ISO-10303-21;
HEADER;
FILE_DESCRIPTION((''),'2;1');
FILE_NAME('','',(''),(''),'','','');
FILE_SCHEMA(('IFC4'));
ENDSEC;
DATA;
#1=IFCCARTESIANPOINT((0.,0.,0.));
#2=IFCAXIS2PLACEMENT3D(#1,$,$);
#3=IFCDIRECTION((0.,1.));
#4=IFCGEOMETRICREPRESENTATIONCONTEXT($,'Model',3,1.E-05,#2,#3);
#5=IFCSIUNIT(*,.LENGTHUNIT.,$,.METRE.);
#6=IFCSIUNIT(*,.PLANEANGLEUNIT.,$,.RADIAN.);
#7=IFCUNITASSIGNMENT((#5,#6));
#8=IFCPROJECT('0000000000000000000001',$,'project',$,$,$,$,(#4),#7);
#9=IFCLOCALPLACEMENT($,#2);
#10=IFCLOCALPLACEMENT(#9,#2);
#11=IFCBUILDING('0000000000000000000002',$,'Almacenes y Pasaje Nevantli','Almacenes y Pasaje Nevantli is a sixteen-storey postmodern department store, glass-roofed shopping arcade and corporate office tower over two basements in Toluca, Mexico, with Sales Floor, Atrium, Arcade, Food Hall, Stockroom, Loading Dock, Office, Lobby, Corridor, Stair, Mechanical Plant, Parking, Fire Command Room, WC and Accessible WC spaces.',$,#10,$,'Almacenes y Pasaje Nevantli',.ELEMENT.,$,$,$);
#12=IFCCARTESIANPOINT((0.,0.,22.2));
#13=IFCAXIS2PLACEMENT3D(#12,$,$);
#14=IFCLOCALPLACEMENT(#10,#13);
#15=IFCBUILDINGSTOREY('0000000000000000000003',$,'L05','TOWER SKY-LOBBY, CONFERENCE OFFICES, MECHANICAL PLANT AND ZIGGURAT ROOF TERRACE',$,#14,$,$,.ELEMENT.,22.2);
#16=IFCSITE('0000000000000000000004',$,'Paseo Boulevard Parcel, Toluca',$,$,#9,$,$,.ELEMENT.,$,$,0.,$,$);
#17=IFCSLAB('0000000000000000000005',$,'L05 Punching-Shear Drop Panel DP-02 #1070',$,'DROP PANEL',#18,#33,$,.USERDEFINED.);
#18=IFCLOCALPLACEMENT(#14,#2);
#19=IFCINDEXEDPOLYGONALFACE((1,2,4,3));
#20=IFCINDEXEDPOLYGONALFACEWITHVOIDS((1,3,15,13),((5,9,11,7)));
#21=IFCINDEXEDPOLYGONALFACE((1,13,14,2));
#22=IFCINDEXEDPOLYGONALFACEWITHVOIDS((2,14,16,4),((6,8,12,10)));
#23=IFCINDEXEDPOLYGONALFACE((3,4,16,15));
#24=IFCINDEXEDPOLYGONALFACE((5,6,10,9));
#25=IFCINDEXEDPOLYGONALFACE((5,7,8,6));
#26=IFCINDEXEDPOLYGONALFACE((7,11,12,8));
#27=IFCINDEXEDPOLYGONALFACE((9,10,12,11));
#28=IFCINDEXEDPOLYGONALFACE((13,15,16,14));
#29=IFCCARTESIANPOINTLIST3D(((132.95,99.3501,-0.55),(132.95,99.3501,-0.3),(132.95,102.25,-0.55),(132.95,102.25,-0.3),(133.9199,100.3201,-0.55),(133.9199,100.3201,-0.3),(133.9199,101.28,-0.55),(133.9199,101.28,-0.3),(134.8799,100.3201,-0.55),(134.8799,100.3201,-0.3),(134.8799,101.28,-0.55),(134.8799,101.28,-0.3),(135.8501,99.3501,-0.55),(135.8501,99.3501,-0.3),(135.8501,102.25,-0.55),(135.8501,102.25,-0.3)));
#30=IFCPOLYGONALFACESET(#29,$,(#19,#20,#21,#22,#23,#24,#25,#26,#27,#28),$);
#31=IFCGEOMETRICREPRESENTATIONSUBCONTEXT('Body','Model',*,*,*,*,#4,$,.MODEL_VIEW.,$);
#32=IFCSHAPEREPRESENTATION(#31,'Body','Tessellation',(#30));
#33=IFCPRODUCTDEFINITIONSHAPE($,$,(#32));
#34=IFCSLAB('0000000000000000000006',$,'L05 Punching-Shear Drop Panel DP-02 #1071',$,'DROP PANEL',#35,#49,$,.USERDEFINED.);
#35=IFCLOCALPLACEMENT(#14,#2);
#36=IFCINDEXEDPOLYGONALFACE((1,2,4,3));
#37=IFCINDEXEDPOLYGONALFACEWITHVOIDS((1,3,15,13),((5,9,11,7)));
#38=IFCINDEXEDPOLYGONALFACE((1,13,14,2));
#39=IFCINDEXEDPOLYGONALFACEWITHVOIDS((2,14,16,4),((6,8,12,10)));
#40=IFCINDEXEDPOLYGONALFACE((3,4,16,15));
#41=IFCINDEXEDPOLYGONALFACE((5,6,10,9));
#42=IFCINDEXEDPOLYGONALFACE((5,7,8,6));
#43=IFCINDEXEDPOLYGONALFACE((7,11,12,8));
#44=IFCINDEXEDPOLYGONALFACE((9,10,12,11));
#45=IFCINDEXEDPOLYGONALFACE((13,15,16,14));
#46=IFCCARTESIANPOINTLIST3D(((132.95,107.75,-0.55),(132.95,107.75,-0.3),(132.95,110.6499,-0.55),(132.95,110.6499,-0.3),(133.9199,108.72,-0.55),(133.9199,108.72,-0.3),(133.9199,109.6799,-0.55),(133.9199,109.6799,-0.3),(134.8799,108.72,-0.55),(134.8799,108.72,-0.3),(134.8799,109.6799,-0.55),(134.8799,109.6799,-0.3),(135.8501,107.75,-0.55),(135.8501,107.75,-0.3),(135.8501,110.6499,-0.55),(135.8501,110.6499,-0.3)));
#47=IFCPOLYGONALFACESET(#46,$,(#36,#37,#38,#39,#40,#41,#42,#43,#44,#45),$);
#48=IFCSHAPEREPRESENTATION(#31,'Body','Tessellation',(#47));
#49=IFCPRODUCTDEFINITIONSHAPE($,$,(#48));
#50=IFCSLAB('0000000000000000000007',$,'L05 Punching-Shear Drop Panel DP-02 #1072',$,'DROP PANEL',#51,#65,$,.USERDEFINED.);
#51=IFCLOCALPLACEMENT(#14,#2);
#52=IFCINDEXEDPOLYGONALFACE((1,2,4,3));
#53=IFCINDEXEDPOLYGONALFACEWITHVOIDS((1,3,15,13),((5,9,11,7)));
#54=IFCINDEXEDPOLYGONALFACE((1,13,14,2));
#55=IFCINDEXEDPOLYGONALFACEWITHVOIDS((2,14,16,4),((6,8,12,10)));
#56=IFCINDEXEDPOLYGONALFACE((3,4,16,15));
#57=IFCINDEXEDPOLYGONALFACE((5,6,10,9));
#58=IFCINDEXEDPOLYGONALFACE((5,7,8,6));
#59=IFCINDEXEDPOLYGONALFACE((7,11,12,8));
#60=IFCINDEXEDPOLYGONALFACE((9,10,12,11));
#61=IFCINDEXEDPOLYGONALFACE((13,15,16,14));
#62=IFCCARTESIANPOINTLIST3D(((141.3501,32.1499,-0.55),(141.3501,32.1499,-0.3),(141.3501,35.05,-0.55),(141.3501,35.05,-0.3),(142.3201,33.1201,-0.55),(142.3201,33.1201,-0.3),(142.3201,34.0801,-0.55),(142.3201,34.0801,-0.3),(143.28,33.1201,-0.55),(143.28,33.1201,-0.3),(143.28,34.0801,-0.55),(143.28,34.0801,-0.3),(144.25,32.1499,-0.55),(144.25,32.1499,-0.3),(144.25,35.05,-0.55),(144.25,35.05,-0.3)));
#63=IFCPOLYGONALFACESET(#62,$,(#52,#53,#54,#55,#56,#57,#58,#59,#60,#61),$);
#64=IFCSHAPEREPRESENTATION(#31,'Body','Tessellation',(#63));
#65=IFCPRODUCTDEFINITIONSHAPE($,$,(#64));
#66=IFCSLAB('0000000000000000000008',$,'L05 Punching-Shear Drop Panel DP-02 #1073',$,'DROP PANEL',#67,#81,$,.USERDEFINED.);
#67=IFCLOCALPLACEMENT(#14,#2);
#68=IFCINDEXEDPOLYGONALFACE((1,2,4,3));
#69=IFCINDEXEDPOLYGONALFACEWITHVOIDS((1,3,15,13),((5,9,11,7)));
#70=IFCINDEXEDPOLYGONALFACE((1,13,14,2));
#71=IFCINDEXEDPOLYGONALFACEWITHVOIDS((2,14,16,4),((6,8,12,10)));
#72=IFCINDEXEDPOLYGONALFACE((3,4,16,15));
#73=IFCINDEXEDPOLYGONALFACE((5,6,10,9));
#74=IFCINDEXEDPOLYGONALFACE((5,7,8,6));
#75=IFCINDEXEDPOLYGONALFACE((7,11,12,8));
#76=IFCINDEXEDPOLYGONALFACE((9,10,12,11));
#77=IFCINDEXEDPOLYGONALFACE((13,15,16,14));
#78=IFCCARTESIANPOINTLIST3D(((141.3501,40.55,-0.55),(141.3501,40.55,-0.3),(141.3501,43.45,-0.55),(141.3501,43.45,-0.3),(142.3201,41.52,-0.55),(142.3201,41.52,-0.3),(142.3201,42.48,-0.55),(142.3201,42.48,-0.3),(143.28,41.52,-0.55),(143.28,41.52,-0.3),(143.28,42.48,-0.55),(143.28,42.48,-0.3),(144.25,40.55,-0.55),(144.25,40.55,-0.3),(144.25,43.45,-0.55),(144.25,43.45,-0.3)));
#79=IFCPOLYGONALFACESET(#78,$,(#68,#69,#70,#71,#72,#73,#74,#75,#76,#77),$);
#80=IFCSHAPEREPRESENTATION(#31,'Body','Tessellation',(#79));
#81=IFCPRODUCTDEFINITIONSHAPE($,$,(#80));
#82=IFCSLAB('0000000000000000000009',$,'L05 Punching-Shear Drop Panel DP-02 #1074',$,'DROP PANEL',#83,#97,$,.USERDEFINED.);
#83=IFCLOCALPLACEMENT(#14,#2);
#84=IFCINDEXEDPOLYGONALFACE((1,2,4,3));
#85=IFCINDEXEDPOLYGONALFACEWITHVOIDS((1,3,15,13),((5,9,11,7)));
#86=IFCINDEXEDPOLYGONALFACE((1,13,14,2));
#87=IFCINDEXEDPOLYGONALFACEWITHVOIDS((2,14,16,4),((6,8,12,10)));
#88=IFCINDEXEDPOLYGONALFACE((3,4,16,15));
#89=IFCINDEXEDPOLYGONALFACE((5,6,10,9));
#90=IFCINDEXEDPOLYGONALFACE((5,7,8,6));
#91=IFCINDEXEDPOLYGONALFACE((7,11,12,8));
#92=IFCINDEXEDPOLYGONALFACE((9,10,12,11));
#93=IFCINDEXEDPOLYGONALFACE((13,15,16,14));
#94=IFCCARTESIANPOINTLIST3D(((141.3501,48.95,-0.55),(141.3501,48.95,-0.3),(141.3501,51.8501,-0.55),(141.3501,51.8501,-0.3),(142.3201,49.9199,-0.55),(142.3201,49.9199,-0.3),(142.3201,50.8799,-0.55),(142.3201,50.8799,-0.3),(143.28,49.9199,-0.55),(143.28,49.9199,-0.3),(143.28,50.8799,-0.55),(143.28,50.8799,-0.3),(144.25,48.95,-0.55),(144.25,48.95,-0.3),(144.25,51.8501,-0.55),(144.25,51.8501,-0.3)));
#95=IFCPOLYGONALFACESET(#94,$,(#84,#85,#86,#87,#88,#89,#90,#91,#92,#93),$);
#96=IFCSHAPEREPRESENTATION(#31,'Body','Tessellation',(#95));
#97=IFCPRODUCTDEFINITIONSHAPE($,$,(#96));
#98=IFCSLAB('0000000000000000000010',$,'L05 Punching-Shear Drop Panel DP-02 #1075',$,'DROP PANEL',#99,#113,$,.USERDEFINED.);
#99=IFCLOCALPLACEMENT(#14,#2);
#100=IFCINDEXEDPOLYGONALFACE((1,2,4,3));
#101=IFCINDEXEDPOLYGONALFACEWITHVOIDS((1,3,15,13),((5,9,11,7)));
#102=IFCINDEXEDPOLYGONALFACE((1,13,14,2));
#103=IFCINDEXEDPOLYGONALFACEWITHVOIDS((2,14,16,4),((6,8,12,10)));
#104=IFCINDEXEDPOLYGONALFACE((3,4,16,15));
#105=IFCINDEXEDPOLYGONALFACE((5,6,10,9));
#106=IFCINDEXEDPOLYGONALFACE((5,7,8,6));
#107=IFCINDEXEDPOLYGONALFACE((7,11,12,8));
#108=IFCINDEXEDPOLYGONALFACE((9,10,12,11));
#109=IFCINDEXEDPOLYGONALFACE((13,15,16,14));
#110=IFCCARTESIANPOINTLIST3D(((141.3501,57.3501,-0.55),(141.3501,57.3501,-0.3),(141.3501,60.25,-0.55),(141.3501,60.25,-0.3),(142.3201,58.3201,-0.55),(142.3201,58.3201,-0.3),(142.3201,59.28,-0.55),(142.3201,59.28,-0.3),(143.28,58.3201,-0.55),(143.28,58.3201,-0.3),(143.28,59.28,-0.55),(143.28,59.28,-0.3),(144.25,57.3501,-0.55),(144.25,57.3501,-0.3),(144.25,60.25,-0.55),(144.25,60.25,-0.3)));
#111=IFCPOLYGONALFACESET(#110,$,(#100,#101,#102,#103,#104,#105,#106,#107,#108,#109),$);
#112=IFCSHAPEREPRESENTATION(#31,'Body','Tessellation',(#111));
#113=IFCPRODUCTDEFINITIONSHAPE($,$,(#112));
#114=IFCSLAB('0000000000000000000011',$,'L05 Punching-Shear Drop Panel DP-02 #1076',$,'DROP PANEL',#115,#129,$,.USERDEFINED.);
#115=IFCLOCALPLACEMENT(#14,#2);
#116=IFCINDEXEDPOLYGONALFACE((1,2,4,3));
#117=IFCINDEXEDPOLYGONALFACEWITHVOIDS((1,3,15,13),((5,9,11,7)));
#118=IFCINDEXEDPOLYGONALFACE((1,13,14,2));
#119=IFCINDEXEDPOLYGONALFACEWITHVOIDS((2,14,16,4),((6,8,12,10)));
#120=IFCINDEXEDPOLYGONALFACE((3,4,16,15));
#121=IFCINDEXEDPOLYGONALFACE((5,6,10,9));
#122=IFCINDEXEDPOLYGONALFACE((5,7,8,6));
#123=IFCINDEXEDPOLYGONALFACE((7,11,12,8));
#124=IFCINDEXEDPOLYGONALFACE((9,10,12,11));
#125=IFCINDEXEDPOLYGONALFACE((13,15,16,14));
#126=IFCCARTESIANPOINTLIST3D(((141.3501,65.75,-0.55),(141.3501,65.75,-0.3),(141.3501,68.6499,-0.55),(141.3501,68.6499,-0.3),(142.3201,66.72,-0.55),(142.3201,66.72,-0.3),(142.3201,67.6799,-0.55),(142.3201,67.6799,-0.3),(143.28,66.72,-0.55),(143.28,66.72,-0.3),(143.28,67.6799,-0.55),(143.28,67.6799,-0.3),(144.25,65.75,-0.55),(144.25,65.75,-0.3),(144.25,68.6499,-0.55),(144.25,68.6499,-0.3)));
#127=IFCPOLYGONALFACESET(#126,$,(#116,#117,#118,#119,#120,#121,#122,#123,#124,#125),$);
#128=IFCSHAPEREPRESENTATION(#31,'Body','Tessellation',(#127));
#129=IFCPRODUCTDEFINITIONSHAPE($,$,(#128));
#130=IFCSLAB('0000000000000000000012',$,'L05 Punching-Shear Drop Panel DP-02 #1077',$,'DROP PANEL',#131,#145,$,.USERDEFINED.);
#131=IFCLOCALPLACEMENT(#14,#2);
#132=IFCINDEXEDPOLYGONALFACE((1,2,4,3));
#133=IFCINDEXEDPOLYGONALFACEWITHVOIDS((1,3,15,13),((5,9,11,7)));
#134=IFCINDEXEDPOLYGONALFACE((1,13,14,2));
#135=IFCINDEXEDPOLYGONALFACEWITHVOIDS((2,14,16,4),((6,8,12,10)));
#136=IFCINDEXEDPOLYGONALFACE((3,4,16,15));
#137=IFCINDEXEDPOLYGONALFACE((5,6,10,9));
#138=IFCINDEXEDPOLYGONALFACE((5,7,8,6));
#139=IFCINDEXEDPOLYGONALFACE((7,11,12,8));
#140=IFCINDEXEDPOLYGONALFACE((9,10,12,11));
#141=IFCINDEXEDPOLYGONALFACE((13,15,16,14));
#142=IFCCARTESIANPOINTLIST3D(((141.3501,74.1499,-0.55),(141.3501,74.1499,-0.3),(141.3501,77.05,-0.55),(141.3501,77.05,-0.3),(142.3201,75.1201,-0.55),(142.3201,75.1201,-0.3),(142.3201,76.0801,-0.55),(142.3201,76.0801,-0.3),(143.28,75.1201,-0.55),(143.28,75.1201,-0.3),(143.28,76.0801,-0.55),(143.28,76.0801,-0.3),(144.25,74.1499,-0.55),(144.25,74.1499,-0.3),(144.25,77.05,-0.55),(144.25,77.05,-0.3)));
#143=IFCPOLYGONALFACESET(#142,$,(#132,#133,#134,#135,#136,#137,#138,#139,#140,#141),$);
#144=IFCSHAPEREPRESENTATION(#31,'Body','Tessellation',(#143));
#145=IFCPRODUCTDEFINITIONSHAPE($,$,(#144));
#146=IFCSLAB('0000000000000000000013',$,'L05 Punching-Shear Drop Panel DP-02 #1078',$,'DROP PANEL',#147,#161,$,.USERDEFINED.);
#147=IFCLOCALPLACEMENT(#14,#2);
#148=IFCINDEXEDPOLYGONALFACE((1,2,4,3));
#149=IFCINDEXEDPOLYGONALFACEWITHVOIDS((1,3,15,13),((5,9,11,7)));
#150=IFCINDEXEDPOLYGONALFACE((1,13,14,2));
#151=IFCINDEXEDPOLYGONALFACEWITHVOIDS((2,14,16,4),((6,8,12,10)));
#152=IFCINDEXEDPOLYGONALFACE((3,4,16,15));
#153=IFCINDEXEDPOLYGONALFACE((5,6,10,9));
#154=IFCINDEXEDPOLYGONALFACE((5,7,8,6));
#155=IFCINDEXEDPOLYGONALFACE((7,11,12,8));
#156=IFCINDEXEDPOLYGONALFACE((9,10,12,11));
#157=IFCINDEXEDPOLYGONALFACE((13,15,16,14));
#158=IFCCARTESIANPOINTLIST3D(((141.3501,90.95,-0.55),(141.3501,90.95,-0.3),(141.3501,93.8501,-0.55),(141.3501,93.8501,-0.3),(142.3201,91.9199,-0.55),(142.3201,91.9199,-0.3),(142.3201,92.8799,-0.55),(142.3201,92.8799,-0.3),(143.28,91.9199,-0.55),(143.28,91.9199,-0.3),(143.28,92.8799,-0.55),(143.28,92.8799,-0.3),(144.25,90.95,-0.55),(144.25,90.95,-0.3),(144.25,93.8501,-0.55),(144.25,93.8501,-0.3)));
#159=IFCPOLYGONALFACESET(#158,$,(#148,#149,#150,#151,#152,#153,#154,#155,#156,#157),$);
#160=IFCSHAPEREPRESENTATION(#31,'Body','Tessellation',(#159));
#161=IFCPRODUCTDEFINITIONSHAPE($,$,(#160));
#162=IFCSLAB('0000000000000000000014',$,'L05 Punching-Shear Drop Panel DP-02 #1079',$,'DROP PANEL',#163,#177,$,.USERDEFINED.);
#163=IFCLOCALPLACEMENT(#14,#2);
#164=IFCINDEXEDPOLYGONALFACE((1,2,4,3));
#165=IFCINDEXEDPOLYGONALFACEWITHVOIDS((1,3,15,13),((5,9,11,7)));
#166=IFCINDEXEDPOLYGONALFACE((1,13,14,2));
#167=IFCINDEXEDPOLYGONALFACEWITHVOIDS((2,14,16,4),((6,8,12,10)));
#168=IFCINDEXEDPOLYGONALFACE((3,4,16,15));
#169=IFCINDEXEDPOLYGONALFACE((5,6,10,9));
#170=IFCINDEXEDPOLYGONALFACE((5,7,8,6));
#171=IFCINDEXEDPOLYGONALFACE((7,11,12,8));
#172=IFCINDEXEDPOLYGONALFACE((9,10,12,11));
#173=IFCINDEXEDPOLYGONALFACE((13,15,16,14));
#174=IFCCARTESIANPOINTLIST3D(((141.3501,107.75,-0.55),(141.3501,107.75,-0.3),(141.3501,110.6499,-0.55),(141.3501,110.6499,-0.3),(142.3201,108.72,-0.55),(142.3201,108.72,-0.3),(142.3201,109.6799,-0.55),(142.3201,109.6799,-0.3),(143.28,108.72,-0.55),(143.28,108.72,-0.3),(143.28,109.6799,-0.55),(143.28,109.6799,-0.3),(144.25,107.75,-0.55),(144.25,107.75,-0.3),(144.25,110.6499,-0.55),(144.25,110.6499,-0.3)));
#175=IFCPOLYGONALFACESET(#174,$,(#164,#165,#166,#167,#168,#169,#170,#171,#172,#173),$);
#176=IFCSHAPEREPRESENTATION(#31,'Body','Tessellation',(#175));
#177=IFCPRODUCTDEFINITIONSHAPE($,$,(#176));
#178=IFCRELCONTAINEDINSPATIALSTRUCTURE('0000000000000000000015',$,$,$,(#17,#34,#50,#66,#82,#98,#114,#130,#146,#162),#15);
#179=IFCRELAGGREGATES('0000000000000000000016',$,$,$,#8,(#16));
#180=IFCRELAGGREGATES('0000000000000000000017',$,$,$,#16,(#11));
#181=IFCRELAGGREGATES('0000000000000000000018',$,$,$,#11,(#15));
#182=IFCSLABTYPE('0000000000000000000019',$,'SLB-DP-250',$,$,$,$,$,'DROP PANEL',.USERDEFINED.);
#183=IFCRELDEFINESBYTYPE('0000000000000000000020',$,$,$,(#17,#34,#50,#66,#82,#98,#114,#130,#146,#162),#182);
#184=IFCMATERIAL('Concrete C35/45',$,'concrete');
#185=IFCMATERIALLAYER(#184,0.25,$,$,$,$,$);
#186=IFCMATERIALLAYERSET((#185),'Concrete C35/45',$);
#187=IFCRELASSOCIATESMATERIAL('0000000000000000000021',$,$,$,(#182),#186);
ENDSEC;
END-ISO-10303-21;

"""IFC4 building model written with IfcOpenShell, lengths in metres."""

from ifc_helpers import new_model, si_unit, direction, frame, origin, place, context, subcontext, project, spatial, polyline, outline, extrude, material, layer, layer_set, type_object, element, save


model = new_model("IFC4")

# Units and contexts
model_context = context("Model", 3, precision=1e-05, world=origin(), true_north=direction((0.0, 1.0)))
body_context = subcontext(model_context, "Body", "Model", "MODEL_VIEW")
ifc_project = project(units=[si_unit("LENGTHUNIT", "METRE"), si_unit("PLANEANGLEUNIT", "RADIAN")], contexts=[model_context])

# Site, building, storey
site_placement = place(None, origin())
site = spatial("IfcSite", under=ifc_project, at=site_placement, Name="Paseo Boulevard Parcel, Toluca", CompositionType="ELEMENT", RefElevation=0.0)
building_placement = place(site_placement, origin())
building = spatial("IfcBuilding", under=site, at=building_placement, Name="Almacenes y Pasaje Nevantli", Description="Almacenes y Pasaje Nevantli is a sixteen-storey postmodern department store, glass-roofed shopping arcade and corporate office tower over two basements in Toluca, Mexico, with Sales Floor, Atrium, Arcade, Food Hall, Stockroom, Loading Dock, Office, Lobby, Corridor, Stair, Mechanical Plant, Parking, Fire Command Room, WC and Accessible WC spaces.", LongName="Almacenes y Pasaje Nevantli", CompositionType="ELEMENT")
storey_placement = place(building_placement, frame((0.0, 0.0, 22.2)))
storey = spatial("IfcBuildingStorey", under=building, at=storey_placement, Name="L05", Description="TOWER SKY-LOBBY, CONFERENCE OFFICES, MECHANICAL PLANT AND ZIGGURAT ROOF TERRACE", CompositionType="ELEMENT", Elevation=22.2)

# Slabs
ifc_material_1 = material(Name="Concrete C35/45", Category="concrete")
ifc_layer_1 = layer(ifc_material_1, 0.25)
ifc_layer_set_1 = layer_set([ifc_layer_1], Name="Concrete C35/45")
slab_type_1 = type_object("IfcSlabType", Name="SLB-DP-250", ElementType="DROP PANEL", PredefinedType="USERDEFINED", material=ifc_layer_set_1)
slab_1_placement = place(storey_placement, frame((0.0, 0.0, -0.55)))
element("IfcSlab", 1, at=slab_1_placement, inside=storey, type_object=slab_type_1, Name="L05 Punching-Shear Drop Panel DP-02 #1070", ObjectType="DROP PANEL", PredefinedType="USERDEFINED", context=body_context, shape_type="SweptSolid", body=[
    extrude(outline(polyline([(132.95, 99.3501), (135.8501, 99.3501), (135.8501, 102.25), (132.95, 102.25), (132.95, 99.3501)]), holes=[polyline([(133.9199, 100.3201), (134.8799, 100.3201), (134.8799, 101.28), (133.9199, 101.28), (133.9199, 100.3201)])]), origin(), (0.0, 0.0, 1.0), 0.25),
])
slab_2_placement = place(storey_placement, frame((0.0, 0.0, -0.55)))
element("IfcSlab", 2, at=slab_2_placement, inside=storey, type_object=slab_type_1, Name="L05 Punching-Shear Drop Panel DP-02 #1071", ObjectType="DROP PANEL", PredefinedType="USERDEFINED", context=body_context, shape_type="SweptSolid", body=[
    extrude(outline(polyline([(132.95, 107.75), (135.8501, 107.75), (135.8501, 110.6499), (132.95, 110.6499), (132.95, 107.75)]), holes=[polyline([(133.9199, 108.72), (134.8799, 108.72), (134.8799, 109.6799), (133.9199, 109.6799), (133.9199, 108.72)])]), origin(), (0.0, 0.0, 1.0), 0.25),
])
slab_3_placement = place(storey_placement, frame((0.0, 0.0, -0.55)))
element("IfcSlab", 3, at=slab_3_placement, inside=storey, type_object=slab_type_1, Name="L05 Punching-Shear Drop Panel DP-02 #1072", ObjectType="DROP PANEL", PredefinedType="USERDEFINED", context=body_context, shape_type="SweptSolid", body=[
    extrude(outline(polyline([(141.3501, 32.1499), (144.25, 32.1499), (144.25, 35.05), (141.3501, 35.05), (141.3501, 32.1499)]), holes=[polyline([(142.3201, 33.1201), (143.28, 33.1201), (143.28, 34.0801), (142.3201, 34.0801), (142.3201, 33.1201)])]), origin(), (0.0, 0.0, 1.0), 0.25),
])
slab_4_placement = place(storey_placement, frame((0.0, 0.0, -0.55)))
element("IfcSlab", 4, at=slab_4_placement, inside=storey, type_object=slab_type_1, Name="L05 Punching-Shear Drop Panel DP-02 #1073", ObjectType="DROP PANEL", PredefinedType="USERDEFINED", context=body_context, shape_type="SweptSolid", body=[
    extrude(outline(polyline([(141.3501, 40.55), (144.25, 40.55), (144.25, 43.45), (141.3501, 43.45), (141.3501, 40.55)]), holes=[polyline([(142.3201, 41.52), (143.28, 41.52), (143.28, 42.48), (142.3201, 42.48), (142.3201, 41.52)])]), origin(), (0.0, 0.0, 1.0), 0.25),
])
slab_5_placement = place(storey_placement, frame((0.0, 0.0, -0.55)))
element("IfcSlab", 5, at=slab_5_placement, inside=storey, type_object=slab_type_1, Name="L05 Punching-Shear Drop Panel DP-02 #1074", ObjectType="DROP PANEL", PredefinedType="USERDEFINED", context=body_context, shape_type="SweptSolid", body=[
    extrude(outline(polyline([(141.3501, 48.95), (144.25, 48.95), (144.25, 51.8501), (141.3501, 51.8501), (141.3501, 48.95)]), holes=[polyline([(142.3201, 49.9199), (143.28, 49.9199), (143.28, 50.8799), (142.3201, 50.8799), (142.3201, 49.9199)])]), origin(), (0.0, 0.0, 1.0), 0.25),
])
slab_6_placement = place(storey_placement, frame((0.0, 0.0, -0.55)))
element("IfcSlab", 6, at=slab_6_placement, inside=storey, type_object=slab_type_1, Name="L05 Punching-Shear Drop Panel DP-02 #1075", ObjectType="DROP PANEL", PredefinedType="USERDEFINED", context=body_context, shape_type="SweptSolid", body=[
    extrude(outline(polyline([(141.3501, 57.3501), (144.25, 57.3501), (144.25, 60.25), (141.3501, 60.25), (141.3501, 57.3501)]), holes=[polyline([(142.3201, 58.3201), (143.28, 58.3201), (143.28, 59.28), (142.3201, 59.28), (142.3201, 58.3201)])]), origin(), (0.0, 0.0, 1.0), 0.25),
])
slab_7_placement = place(storey_placement, frame((0.0, 0.0, -0.55)))
element("IfcSlab", 7, at=slab_7_placement, inside=storey, type_object=slab_type_1, Name="L05 Punching-Shear Drop Panel DP-02 #1076", ObjectType="DROP PANEL", PredefinedType="USERDEFINED", context=body_context, shape_type="SweptSolid", body=[
    extrude(outline(polyline([(141.3501, 65.75), (144.25, 65.75), (144.25, 68.6499), (141.3501, 68.6499), (141.3501, 65.75)]), holes=[polyline([(142.3201, 66.72), (143.28, 66.72), (143.28, 67.6799), (142.3201, 67.6799), (142.3201, 66.72)])]), origin(), (0.0, 0.0, 1.0), 0.25),
])
slab_8_placement = place(storey_placement, frame((0.0, 0.0, -0.55)))
element("IfcSlab", 8, at=slab_8_placement, inside=storey, type_object=slab_type_1, Name="L05 Punching-Shear Drop Panel DP-02 #1077", ObjectType="DROP PANEL", PredefinedType="USERDEFINED", context=body_context, shape_type="SweptSolid", body=[
    extrude(outline(polyline([(141.3501, 74.1499), (144.25, 74.1499), (144.25, 77.05), (141.3501, 77.05), (141.3501, 74.1499)]), holes=[polyline([(142.3201, 75.1201), (143.28, 75.1201), (143.28, 76.0801), (142.3201, 76.0801), (142.3201, 75.1201)])]), origin(), (0.0, 0.0, 1.0), 0.25),
])
slab_9_placement = place(storey_placement, frame((0.0, 0.0, -0.55)))
element("IfcSlab", 9, at=slab_9_placement, inside=storey, type_object=slab_type_1, Name="L05 Punching-Shear Drop Panel DP-02 #1078", ObjectType="DROP PANEL", PredefinedType="USERDEFINED", context=body_context, shape_type="SweptSolid", body=[
    extrude(outline(polyline([(141.3501, 90.95), (144.25, 90.95), (144.25, 93.8501), (141.3501, 93.8501), (141.3501, 90.95)]), holes=[polyline([(142.3201, 91.9199), (143.28, 91.9199), (143.28, 92.8799), (142.3201, 92.8799), (142.3201, 91.9199)])]), origin(), (0.0, 0.0, 1.0), 0.25),
])
slab_10_placement = place(storey_placement, frame((0.0, 0.0, -0.55)))
element("IfcSlab", 10, at=slab_10_placement, inside=storey, type_object=slab_type_1, Name="L05 Punching-Shear Drop Panel DP-02 #1079", ObjectType="DROP PANEL", PredefinedType="USERDEFINED", context=body_context, shape_type="SweptSolid", body=[
    extrude(outline(polyline([(141.3501, 107.75), (144.25, 107.75), (144.25, 110.6499), (141.3501, 110.6499), (141.3501, 107.75)]), holes=[polyline([(142.3201, 108.72), (143.28, 108.72), (143.28, 109.6799), (142.3201, 109.6799), (142.3201, 108.72)])]), origin(), (0.0, 0.0, 1.0), 0.25),
])

save(model, "model.ifc")
